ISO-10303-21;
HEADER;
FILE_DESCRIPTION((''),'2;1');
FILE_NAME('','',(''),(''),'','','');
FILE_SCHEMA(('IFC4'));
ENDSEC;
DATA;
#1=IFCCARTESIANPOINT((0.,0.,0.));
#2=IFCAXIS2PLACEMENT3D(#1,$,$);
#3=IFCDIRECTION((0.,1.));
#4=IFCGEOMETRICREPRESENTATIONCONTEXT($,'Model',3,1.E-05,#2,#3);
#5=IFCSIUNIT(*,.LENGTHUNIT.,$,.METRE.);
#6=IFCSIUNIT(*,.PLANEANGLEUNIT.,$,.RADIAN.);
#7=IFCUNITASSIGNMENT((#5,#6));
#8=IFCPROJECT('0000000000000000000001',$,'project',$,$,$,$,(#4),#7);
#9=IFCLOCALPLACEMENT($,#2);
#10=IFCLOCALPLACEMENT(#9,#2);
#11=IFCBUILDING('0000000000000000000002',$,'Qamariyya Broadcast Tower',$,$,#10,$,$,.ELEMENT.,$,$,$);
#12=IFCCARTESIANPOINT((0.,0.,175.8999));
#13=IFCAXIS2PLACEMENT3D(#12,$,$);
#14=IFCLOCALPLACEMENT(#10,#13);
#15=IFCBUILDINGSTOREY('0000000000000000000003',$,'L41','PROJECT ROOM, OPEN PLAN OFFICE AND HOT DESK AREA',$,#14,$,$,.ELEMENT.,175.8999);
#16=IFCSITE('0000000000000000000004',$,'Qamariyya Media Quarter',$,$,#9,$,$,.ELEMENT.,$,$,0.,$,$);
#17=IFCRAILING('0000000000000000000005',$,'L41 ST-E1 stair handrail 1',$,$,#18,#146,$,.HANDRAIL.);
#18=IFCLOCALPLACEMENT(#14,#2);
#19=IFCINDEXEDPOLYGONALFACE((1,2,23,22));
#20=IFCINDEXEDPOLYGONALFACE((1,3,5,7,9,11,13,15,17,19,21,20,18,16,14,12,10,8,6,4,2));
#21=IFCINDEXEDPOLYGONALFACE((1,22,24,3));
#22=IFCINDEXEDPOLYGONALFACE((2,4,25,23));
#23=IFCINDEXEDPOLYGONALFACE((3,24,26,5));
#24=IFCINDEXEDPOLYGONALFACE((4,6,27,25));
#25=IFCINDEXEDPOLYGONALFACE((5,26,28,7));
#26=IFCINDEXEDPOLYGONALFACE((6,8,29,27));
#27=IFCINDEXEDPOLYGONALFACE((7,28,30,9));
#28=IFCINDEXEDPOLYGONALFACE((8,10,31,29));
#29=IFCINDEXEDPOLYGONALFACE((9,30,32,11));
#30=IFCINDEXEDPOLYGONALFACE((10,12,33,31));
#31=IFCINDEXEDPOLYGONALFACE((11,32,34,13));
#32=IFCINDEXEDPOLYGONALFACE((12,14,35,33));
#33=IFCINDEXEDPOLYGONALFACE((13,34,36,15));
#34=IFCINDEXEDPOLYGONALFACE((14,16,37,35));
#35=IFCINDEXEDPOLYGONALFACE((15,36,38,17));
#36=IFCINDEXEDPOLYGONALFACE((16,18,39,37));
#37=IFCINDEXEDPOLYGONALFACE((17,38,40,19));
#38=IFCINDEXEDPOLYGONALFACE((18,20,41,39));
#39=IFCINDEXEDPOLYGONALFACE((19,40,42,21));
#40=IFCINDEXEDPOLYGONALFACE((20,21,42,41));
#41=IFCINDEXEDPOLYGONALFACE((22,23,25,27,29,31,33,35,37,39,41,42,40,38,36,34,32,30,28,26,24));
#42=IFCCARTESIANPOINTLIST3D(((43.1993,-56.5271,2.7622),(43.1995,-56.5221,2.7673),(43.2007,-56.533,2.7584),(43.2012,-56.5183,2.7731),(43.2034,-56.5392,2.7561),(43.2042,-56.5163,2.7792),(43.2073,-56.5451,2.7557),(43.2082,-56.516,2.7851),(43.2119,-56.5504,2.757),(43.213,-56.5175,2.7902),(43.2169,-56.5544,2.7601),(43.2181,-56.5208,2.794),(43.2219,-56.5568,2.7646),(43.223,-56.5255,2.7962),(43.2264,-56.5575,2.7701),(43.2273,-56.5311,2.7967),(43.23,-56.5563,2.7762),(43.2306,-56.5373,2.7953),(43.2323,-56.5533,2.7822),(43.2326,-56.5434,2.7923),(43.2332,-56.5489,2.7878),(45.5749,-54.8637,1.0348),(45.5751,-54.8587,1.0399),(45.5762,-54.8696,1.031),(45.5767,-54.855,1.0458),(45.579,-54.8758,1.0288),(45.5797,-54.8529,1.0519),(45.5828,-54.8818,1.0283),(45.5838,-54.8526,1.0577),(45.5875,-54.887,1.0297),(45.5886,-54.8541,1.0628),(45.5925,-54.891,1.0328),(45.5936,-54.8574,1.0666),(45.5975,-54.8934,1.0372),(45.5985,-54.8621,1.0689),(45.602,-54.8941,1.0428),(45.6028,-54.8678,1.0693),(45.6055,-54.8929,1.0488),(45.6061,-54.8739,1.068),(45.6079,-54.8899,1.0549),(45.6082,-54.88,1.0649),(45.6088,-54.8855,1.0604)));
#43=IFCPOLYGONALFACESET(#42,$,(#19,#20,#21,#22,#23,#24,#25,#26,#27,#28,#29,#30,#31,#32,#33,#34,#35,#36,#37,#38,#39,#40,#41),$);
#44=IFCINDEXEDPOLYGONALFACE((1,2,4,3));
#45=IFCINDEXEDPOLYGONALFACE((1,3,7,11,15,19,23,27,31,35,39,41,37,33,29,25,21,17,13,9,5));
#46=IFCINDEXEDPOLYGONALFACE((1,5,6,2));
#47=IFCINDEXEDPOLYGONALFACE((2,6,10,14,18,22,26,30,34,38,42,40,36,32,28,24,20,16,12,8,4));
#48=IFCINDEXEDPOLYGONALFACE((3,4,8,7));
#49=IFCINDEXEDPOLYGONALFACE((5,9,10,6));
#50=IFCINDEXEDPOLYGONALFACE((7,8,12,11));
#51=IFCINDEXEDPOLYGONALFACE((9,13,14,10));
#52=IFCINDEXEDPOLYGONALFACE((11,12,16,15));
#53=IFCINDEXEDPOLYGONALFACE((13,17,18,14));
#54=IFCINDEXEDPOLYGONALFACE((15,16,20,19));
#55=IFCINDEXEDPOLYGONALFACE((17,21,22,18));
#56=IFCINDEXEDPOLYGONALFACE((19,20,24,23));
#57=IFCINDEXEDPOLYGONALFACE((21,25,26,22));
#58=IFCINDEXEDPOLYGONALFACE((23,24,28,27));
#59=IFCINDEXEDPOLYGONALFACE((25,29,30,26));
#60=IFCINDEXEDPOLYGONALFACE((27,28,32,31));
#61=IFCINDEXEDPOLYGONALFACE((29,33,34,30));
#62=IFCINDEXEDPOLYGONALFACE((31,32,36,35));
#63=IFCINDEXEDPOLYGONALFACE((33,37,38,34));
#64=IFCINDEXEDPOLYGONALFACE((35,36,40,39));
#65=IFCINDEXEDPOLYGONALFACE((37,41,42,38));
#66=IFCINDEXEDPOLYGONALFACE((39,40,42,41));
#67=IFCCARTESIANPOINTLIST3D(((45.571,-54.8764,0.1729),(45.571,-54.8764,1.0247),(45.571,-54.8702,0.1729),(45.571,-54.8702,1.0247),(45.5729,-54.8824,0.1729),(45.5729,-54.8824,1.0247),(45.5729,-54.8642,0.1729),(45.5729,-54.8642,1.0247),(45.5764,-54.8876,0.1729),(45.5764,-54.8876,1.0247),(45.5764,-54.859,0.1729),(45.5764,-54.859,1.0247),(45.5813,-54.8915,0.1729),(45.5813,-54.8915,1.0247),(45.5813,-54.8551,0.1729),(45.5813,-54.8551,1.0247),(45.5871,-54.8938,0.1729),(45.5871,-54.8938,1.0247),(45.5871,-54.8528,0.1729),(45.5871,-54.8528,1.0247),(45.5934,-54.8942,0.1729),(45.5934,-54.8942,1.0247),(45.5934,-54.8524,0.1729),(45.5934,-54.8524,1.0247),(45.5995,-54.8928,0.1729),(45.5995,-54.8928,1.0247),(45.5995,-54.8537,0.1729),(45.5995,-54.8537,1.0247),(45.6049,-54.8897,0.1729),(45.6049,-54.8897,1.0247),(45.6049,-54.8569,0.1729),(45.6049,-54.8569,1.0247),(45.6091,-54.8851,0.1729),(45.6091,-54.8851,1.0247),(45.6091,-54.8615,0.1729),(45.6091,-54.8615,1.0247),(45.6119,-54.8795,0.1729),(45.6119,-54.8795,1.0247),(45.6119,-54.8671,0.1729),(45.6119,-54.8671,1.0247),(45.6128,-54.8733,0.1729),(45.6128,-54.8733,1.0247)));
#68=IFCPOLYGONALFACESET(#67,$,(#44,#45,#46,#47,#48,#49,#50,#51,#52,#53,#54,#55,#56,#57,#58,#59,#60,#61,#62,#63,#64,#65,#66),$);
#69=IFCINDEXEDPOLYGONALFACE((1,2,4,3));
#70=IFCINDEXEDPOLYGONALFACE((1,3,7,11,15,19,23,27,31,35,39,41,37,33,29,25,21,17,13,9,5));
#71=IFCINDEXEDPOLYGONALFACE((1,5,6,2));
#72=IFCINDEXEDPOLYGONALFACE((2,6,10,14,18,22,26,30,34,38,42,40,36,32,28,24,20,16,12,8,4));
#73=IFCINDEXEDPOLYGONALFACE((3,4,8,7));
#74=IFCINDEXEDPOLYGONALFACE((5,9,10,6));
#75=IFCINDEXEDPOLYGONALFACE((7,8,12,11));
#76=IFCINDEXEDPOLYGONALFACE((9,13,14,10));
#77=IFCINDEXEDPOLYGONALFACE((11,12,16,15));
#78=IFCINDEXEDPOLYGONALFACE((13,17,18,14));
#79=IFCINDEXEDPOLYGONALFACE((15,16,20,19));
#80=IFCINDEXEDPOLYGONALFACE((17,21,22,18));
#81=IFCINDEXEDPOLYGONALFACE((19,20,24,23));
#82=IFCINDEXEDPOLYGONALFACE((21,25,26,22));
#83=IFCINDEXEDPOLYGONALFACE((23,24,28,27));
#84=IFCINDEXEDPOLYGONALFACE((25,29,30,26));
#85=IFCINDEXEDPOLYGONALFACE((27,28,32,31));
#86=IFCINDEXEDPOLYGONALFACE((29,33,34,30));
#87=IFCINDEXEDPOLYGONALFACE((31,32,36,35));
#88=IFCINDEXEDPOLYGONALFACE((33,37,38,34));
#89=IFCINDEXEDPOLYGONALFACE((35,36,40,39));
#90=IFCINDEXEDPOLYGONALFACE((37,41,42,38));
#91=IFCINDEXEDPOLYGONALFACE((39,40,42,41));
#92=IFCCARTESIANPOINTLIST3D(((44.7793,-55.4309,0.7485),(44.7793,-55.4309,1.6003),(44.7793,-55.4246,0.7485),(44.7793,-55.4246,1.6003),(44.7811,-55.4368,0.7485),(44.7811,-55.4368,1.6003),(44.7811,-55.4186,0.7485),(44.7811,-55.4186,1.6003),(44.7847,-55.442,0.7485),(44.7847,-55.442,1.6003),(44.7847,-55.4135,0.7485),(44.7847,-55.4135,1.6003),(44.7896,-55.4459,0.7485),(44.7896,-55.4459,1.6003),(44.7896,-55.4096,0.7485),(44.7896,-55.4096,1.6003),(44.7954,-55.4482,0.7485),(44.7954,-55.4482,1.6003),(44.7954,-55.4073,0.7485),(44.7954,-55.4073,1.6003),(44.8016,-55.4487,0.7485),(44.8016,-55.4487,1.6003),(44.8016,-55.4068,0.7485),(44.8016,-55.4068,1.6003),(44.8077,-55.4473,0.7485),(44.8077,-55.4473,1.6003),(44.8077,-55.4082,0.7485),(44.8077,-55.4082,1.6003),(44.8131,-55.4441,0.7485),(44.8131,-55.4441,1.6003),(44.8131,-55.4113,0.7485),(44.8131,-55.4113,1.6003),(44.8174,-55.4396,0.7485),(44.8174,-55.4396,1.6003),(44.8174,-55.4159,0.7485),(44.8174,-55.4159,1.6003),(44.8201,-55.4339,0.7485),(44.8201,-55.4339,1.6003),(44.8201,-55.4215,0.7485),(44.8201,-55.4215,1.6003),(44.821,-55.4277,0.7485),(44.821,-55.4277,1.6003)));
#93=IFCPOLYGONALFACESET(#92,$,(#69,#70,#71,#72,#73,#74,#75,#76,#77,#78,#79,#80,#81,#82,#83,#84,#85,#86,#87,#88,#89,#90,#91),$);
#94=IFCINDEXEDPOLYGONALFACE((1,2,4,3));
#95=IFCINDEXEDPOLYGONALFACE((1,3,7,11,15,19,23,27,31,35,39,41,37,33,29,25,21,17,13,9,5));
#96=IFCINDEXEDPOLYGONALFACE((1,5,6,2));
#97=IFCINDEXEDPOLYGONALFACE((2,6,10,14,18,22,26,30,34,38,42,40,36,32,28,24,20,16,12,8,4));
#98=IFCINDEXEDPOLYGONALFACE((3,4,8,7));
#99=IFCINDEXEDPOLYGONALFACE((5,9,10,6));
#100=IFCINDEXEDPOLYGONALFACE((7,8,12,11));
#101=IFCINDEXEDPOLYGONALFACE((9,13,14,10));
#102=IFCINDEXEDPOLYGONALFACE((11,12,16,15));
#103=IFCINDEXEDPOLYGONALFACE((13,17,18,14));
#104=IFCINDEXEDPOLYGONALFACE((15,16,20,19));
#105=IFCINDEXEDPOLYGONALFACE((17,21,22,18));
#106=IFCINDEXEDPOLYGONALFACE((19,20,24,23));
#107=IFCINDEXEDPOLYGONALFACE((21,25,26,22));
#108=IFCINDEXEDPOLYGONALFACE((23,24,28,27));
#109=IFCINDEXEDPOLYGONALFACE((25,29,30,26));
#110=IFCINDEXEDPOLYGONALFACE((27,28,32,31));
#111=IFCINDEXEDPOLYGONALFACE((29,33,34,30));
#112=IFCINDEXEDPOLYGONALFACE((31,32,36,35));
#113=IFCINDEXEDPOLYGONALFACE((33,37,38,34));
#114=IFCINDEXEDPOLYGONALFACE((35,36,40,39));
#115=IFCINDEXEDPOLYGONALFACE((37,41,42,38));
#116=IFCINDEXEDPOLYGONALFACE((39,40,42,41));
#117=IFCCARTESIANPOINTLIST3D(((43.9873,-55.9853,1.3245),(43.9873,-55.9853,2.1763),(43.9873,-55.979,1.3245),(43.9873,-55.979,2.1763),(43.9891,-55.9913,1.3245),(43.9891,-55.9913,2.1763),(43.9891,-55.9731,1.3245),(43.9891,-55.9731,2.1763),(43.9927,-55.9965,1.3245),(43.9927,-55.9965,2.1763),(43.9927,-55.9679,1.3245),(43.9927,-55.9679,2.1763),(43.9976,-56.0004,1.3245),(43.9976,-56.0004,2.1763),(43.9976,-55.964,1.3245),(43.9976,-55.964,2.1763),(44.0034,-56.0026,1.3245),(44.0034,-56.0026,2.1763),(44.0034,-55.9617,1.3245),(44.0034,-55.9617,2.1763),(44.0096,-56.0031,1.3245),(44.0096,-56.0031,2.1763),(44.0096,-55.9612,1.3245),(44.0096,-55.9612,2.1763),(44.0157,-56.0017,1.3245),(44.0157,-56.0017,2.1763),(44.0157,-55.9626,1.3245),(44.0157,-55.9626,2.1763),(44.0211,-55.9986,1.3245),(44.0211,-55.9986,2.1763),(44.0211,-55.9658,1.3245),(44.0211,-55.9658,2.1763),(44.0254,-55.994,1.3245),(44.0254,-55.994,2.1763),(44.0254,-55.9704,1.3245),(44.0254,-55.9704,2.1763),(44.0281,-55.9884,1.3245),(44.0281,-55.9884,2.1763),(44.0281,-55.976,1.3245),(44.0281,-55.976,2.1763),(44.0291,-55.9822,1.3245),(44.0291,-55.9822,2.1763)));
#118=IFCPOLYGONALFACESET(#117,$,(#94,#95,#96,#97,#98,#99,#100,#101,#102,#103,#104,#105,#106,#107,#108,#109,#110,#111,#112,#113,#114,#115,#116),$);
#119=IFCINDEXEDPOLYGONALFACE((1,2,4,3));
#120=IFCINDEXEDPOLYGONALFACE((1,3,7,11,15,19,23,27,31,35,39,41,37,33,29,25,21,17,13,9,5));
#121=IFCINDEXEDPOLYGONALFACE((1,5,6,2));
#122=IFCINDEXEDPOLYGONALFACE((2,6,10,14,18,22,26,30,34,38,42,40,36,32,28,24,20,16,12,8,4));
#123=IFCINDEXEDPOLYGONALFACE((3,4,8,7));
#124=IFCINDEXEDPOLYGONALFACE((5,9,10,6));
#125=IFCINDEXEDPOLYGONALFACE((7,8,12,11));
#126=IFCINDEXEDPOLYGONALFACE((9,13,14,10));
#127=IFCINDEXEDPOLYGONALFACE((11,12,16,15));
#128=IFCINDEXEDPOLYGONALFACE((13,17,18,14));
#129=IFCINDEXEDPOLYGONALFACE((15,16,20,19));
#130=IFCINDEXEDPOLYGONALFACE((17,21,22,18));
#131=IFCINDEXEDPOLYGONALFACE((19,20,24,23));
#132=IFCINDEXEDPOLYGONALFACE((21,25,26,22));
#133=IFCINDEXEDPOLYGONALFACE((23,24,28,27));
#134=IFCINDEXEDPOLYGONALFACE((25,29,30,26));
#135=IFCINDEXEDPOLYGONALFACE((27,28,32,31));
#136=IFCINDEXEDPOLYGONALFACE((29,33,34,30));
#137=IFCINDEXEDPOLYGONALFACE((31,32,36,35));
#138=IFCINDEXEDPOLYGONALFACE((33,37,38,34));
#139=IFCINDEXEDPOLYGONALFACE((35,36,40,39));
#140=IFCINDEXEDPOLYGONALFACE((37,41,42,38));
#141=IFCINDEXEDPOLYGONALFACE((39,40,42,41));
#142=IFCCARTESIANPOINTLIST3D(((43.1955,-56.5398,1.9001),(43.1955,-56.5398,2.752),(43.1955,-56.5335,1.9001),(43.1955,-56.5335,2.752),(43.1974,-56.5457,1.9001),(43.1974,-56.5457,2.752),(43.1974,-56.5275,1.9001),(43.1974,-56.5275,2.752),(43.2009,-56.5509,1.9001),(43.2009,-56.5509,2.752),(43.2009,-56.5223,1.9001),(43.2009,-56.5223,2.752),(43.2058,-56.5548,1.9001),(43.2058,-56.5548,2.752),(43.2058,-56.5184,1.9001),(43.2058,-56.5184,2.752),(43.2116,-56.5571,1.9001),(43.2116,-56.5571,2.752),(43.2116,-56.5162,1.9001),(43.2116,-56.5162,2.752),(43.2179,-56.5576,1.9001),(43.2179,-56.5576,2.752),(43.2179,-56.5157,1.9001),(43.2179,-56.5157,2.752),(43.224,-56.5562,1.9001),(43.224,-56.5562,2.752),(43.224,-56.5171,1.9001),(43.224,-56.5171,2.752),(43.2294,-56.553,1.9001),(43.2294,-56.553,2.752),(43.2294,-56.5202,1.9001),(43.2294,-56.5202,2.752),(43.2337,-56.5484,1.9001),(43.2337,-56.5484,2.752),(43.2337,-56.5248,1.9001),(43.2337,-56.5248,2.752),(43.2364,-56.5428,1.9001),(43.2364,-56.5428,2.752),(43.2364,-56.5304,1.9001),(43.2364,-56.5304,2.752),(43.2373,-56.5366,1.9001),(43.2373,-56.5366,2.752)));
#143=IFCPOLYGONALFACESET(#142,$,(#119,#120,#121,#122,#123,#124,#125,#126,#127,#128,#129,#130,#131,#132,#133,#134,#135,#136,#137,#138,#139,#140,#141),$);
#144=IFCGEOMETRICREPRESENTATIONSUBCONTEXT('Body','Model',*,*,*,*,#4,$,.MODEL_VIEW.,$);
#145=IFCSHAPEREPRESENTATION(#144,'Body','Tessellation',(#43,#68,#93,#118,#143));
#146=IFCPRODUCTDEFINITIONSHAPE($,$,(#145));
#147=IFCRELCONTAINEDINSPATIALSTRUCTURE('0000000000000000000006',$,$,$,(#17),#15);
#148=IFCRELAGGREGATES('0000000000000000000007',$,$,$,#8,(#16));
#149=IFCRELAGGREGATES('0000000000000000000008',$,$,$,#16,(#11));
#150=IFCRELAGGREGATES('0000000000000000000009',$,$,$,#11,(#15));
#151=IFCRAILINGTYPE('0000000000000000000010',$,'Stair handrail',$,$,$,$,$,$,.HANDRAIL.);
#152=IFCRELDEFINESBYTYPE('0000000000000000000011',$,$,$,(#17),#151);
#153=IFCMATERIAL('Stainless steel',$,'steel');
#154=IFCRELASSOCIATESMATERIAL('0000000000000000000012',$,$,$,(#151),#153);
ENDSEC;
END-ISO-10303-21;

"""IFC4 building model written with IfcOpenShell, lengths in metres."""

from ifc_helpers import new_model, si_unit, direction, frame, origin, origin_2d, place, context, subcontext, project, spatial, circle, extrude, material, type_object, element, save


model = new_model("IFC4")

# Units and contexts
model_context = context("Model", 3, precision=1e-05, world=origin(), true_north=direction((0.0, 1.0)))
body_context = subcontext(model_context, "Body", "Model", "MODEL_VIEW")
ifc_project = project(units=[si_unit("LENGTHUNIT", "METRE"), si_unit("PLANEANGLEUNIT", "RADIAN")], contexts=[model_context])

# Site, building, storey
site_placement = place(None, origin())
site = spatial("IfcSite", under=ifc_project, at=site_placement, Name="Qamariyya Media Quarter", CompositionType="ELEMENT", RefElevation=0.0)
building_placement = place(site_placement, origin())
building = spatial("IfcBuilding", under=site, at=building_placement, Name="Qamariyya Broadcast Tower", CompositionType="ELEMENT")
storey_placement = place(building_placement, frame((0.0, 0.0, 175.8999)))
storey = spatial("IfcBuildingStorey", under=building, at=storey_placement, Name="L41", Description="PROJECT ROOM, OPEN PLAN OFFICE AND HOT DESK AREA", CompositionType="ELEMENT", Elevation=175.8999)

# Railing
ifc_material_1 = material(Name="Stainless steel", Category="steel")
railing_type_1 = type_object("IfcRailingType", Name="Stair handrail", PredefinedType="HANDRAIL", material=ifc_material_1)
railing_1_placement = place(storey_placement, frame((45.5918, -54.8733, 0.1729)))
element("IfcRailing", 1, at=railing_1_placement, inside=storey, type_object=railing_type_1, Name="L41 ST-E1 stair handrail 1", PredefinedType="HANDRAIL", context=body_context, shape_type="SweptSolid", body=[
    extrude(circle(Radius=0.0239, at=origin_2d()), frame((0.0, 0.0, 0.876), z_axis=(-0.70377, -0.492784, 0.511734), x_axis=(0.573575, -0.819153, 0.0)), (0.0, 0.0, 1.0), 3.3755),
    extrude(circle(Radius=0.021, at=origin_2d()), origin(), (0.0, 0.0, 1.0), 0.8518),
    extrude(circle(Radius=0.021, at=origin_2d()), frame((-0.7917, -0.5544, 0.5757)), (0.0, 0.0, 1.0), 0.8518),
    extrude(circle(Radius=0.021, at=origin_2d()), frame((-1.5837, -1.1089, 1.1516)), (0.0, 0.0, 1.0), 0.8518),
    extrude(circle(Radius=0.021, at=origin_2d()), frame((-2.3755, -1.6633, 1.7273)), (0.0, 0.0, 1.0), 0.8518),
])

save(model, "model.ifc")
